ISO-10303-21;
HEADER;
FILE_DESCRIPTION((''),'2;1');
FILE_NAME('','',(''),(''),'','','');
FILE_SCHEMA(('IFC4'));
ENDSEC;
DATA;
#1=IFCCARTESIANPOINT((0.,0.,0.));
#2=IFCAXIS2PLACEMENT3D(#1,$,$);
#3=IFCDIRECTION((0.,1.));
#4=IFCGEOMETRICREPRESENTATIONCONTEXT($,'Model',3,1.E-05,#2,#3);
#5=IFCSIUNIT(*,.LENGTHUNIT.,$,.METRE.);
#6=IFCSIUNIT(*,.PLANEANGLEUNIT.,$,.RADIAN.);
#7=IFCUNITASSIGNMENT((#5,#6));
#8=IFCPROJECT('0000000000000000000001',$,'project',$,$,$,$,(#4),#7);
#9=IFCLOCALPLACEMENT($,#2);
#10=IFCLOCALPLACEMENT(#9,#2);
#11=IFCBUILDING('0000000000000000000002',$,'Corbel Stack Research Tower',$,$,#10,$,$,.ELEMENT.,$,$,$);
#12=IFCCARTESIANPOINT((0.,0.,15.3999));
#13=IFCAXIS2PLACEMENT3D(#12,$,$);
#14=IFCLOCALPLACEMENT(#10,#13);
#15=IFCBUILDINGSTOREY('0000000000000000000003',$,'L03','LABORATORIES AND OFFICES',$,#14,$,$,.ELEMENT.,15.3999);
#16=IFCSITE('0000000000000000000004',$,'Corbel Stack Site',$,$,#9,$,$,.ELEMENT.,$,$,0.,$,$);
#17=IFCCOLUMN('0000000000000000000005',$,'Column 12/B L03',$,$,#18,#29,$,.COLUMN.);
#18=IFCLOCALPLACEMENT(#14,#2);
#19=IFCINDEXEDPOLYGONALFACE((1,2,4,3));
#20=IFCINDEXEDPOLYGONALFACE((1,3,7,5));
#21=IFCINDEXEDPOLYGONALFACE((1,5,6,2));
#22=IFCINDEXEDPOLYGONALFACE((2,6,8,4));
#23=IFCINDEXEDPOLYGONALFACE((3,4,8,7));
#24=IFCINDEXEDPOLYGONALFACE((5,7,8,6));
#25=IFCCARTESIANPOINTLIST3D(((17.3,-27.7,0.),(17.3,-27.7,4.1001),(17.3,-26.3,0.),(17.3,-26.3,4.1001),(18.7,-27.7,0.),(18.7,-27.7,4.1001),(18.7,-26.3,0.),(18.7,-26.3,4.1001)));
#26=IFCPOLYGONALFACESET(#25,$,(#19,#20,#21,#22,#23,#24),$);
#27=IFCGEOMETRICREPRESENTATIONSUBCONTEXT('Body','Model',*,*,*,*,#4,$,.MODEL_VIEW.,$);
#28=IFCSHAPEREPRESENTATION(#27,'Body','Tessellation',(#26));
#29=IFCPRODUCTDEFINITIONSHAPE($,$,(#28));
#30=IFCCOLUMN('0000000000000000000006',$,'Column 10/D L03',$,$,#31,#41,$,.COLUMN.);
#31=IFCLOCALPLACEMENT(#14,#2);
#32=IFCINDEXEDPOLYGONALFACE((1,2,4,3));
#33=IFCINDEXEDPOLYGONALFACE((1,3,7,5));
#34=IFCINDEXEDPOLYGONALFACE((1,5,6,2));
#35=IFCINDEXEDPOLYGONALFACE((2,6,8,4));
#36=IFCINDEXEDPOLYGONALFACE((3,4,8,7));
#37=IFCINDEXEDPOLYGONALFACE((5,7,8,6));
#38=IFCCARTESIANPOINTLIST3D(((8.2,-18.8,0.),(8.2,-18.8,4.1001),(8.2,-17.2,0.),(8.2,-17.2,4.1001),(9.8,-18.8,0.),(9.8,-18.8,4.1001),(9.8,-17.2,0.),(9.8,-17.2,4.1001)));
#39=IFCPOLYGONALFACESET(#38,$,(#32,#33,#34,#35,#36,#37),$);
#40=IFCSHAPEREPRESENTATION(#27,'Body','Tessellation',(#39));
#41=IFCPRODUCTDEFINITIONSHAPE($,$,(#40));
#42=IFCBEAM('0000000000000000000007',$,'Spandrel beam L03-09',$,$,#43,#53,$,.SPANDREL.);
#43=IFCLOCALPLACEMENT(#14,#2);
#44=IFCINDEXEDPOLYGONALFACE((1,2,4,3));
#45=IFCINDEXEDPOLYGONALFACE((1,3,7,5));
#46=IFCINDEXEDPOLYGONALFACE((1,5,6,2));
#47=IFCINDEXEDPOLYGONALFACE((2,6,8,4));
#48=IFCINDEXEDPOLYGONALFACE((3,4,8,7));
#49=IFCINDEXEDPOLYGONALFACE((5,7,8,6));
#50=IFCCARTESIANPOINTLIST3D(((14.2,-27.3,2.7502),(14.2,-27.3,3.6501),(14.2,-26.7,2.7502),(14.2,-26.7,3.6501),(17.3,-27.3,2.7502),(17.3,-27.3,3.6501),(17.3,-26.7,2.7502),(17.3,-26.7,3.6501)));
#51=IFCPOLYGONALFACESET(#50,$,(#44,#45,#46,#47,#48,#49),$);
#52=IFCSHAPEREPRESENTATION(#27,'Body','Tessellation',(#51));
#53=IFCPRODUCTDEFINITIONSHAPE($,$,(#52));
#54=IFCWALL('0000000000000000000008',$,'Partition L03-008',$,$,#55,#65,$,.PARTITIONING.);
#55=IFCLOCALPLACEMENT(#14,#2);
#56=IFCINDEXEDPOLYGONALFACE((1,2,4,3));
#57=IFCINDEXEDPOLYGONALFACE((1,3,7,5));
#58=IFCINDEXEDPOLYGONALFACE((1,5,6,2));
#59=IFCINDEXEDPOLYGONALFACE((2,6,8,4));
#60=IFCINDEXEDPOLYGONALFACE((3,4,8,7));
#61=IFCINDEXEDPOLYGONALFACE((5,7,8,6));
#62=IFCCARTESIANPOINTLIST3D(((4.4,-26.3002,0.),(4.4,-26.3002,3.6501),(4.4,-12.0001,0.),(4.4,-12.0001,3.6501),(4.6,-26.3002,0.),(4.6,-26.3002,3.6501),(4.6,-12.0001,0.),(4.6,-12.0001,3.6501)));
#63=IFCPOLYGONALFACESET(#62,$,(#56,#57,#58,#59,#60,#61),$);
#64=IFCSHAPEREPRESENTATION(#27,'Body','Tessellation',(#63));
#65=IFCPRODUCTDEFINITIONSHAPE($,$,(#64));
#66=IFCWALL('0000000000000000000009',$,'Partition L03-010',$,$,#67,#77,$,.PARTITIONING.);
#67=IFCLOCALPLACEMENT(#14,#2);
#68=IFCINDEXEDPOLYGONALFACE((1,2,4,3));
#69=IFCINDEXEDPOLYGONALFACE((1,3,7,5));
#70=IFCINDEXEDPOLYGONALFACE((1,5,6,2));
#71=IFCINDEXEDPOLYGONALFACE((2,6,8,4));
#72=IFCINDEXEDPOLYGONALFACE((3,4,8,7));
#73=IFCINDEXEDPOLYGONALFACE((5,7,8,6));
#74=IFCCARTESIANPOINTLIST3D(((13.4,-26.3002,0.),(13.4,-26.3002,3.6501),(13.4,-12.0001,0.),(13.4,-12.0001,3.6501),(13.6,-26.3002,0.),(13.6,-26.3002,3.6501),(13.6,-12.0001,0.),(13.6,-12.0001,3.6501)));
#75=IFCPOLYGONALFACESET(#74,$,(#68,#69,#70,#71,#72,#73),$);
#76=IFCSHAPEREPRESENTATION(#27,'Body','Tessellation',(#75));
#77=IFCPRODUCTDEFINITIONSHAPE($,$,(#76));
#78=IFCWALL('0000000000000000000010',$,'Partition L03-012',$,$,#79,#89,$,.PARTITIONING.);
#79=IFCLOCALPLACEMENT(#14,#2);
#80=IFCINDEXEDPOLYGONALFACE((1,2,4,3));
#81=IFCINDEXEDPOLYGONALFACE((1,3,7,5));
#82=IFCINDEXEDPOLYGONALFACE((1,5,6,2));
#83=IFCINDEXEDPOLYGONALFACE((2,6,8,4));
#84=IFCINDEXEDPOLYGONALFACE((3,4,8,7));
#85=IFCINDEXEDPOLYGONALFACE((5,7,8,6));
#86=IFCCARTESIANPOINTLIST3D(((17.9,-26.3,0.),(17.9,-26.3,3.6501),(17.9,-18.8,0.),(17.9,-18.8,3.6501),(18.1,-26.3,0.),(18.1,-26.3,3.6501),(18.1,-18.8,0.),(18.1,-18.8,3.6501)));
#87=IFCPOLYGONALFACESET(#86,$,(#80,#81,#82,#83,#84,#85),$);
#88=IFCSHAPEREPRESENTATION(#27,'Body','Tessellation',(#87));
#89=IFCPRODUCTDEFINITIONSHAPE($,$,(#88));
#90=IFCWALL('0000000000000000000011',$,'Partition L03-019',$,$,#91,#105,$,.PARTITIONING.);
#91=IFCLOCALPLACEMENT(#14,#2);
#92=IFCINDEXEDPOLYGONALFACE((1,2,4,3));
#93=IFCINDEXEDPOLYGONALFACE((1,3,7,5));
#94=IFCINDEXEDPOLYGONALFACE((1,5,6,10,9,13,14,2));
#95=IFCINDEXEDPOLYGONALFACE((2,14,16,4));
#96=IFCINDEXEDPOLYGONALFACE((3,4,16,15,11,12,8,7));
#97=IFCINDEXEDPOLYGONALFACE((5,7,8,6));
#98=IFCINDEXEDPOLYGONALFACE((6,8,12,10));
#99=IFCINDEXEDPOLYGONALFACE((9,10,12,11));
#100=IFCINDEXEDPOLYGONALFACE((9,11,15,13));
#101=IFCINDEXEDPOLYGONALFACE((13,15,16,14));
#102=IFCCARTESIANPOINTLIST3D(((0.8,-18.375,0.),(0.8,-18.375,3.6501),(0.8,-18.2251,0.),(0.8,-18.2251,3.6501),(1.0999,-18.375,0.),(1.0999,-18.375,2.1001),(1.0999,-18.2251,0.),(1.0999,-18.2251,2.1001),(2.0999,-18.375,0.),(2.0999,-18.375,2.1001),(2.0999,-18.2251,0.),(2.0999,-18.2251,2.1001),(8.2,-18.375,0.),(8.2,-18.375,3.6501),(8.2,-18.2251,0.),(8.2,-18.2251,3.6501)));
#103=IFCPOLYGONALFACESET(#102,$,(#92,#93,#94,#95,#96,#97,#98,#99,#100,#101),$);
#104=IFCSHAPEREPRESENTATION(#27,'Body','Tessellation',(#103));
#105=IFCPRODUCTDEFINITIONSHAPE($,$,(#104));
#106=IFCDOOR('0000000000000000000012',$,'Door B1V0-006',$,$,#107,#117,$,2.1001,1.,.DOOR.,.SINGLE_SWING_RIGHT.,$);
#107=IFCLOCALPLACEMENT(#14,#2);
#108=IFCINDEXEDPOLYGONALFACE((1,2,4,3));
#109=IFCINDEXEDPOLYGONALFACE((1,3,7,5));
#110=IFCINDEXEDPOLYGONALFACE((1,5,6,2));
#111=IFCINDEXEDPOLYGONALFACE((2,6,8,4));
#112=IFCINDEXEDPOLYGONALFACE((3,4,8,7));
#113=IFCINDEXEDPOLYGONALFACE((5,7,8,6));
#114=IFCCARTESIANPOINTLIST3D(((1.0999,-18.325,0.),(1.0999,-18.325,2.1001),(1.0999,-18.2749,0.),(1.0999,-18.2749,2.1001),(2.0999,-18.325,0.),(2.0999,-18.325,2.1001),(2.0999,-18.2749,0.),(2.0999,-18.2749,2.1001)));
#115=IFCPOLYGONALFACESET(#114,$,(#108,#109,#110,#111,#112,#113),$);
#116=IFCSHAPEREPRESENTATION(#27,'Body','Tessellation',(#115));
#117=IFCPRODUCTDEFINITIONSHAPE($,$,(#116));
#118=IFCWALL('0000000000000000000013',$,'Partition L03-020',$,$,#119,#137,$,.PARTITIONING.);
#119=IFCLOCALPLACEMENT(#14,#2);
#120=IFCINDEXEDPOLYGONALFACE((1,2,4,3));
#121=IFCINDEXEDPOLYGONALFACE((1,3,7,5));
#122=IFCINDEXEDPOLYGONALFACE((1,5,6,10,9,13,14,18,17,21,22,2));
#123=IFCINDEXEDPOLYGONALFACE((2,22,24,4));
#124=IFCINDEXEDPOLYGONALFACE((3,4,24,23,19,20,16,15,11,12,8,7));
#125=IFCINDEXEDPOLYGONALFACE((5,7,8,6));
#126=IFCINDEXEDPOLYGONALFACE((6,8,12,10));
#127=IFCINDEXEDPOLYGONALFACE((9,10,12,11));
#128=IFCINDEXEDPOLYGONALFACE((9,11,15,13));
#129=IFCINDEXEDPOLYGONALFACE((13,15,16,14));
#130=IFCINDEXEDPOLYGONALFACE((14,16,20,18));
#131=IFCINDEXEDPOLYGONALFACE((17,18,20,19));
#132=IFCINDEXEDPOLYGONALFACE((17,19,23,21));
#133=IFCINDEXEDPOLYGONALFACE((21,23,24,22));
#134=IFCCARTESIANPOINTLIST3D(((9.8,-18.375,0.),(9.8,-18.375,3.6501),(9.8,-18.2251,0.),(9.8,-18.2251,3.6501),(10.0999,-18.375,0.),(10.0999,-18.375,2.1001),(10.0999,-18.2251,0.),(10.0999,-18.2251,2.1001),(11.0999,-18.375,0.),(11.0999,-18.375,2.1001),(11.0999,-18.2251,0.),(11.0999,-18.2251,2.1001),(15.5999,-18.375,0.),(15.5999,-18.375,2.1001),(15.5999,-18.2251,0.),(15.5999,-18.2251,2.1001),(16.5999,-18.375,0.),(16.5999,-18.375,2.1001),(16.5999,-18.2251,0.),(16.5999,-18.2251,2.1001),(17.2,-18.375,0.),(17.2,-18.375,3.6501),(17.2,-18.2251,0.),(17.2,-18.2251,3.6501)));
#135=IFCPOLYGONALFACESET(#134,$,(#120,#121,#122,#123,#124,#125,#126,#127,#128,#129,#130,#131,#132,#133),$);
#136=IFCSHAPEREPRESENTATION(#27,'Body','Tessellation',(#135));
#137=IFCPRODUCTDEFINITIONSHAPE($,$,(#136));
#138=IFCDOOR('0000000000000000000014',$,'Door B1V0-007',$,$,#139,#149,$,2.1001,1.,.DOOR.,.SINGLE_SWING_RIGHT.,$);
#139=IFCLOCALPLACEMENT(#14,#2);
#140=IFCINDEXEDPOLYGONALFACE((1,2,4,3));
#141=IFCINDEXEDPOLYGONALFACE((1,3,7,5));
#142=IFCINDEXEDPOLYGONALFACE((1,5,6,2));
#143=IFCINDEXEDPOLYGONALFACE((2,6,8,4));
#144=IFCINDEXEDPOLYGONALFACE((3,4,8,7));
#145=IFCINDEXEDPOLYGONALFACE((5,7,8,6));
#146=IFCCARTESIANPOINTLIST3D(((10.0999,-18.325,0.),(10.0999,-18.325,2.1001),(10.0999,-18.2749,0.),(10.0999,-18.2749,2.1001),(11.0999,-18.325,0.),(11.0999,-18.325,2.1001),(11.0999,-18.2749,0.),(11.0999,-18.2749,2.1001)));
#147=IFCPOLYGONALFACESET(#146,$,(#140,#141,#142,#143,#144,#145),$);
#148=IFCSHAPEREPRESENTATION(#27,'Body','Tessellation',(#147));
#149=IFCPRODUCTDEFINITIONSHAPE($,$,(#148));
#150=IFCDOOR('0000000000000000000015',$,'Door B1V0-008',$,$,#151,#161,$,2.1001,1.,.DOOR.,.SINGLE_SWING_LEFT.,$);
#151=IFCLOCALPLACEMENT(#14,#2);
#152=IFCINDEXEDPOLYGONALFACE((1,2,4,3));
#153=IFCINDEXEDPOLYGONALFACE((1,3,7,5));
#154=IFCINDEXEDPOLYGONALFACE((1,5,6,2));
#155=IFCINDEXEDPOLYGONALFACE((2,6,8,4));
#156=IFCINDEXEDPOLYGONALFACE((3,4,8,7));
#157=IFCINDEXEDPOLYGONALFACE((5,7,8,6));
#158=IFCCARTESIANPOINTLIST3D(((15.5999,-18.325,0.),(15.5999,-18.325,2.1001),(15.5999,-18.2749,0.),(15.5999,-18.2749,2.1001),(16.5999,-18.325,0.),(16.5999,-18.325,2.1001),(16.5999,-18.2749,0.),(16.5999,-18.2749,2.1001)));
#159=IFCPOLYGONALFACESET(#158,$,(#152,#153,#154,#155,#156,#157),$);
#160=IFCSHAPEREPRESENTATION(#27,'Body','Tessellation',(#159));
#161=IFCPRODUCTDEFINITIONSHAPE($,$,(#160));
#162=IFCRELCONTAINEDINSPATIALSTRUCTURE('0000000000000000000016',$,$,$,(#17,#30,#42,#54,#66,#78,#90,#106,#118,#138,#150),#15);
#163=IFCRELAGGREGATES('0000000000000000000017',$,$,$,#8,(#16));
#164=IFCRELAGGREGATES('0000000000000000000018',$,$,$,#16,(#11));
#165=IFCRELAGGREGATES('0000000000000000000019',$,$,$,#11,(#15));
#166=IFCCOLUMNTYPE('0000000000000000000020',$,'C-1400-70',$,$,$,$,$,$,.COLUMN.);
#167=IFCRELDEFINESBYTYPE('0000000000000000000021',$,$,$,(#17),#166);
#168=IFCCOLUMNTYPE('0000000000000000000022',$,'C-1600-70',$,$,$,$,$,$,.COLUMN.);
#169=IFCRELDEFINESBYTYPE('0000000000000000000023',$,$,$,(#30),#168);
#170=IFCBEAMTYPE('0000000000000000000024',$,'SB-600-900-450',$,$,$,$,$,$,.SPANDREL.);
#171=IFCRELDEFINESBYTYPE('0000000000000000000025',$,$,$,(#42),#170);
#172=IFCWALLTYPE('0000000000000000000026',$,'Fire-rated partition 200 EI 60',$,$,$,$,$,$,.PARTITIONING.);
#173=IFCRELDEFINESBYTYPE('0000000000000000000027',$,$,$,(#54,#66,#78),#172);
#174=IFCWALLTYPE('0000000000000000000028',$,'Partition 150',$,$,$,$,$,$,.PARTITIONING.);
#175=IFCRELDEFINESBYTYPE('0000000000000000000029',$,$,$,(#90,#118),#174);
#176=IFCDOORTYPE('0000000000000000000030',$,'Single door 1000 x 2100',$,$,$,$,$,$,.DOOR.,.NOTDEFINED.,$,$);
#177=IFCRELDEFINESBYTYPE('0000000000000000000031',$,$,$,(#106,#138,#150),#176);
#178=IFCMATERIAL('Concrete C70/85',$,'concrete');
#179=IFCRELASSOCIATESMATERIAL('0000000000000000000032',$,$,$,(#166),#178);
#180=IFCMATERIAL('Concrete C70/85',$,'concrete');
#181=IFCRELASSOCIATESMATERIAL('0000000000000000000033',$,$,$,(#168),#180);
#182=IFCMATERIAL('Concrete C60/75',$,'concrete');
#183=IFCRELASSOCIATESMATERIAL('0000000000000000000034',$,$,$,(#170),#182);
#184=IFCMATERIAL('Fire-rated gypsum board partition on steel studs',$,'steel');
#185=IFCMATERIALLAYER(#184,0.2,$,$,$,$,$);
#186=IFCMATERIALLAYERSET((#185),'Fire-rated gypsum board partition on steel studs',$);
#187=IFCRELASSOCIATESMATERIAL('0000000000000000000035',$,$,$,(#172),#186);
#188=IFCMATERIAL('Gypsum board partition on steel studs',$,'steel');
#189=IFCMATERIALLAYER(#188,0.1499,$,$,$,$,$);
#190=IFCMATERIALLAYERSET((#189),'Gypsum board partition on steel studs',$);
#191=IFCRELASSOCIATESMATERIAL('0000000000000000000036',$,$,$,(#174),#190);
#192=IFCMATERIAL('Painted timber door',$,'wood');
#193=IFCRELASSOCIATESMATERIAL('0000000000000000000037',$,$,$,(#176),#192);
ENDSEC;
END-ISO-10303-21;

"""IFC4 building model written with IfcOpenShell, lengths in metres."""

from ifc_helpers import new_model, si_unit, direction, frame, frame_2d, origin, origin_2d, place, context, subcontext, project, spatial, rectangle, extrude, material, layer, layer_set, material_profile, profile_set, type_object, element, fill, save


model = new_model("IFC4")

# Units and contexts
model_context = context("Model", 3, precision=1e-05, world=origin(), true_north=direction((0.0, 1.0)))
body_context = subcontext(model_context, "Body", "Model", "MODEL_VIEW")
ifc_project = project(units=[si_unit("LENGTHUNIT", "METRE"), si_unit("PLANEANGLEUNIT", "RADIAN")], contexts=[model_context])

# Site, building, storey
site_placement = place(None, origin())
site = spatial("IfcSite", under=ifc_project, at=site_placement, Name="Corbel Stack Site", CompositionType="ELEMENT", RefElevation=0.0)
building_placement = place(site_placement, origin())
building = spatial("IfcBuilding", under=site, at=building_placement, Name="Corbel Stack Research Tower", CompositionType="ELEMENT")
storey_placement = place(building_placement, frame((0.0, 0.0, 15.3999)))
storey = spatial("IfcBuildingStorey", under=building, at=storey_placement, Name="L03", Description="LABORATORIES AND OFFICES", CompositionType="ELEMENT", Elevation=15.3999)

# Columns
ifc_material_1 = material(Name="Concrete C70/85", Category="concrete")
ifc_material_profile_1 = material_profile(ifc_material_1, rectangle(XDim=1.3999, YDim=1.3999, at=origin_2d()), Name="RC 1400 x 1400")
ifc_profile_set_1 = profile_set([ifc_material_profile_1], Name="Concrete C70/85")
column_type_1 = type_object("IfcColumnType", Name="C-1400-70", PredefinedType="COLUMN", material=ifc_profile_set_1)
column_1_placement = place(storey_placement, frame((18.0, -27.0, 0.0), z_axis=(0.0, 0.0, 1.0), x_axis=(1.0, 0.0, 0.0)))
element("IfcColumn", 1, at=column_1_placement, inside=storey, type_object=column_type_1, Name="Column 12/B L03", PredefinedType="COLUMN", context=body_context, shape_type="SweptSolid", body=[
    extrude(rectangle(XDim=1.3999, YDim=1.3999, at=origin_2d()), origin(), (0.0, 0.0, 1.0), 4.1001),
])
ifc_material_2 = material(Name="Concrete C70/85", Category="concrete")
ifc_material_profile_2 = material_profile(ifc_material_2, rectangle(XDim=1.6001, YDim=1.6001, at=origin_2d()), Name="RC 1600 x 1600")
ifc_profile_set_2 = profile_set([ifc_material_profile_2], Name="Concrete C70/85")
column_type_2 = type_object("IfcColumnType", Name="C-1600-70", PredefinedType="COLUMN", material=ifc_profile_set_2)
column_2_placement = place(storey_placement, frame((9.0, -18.0, 0.0), z_axis=(0.0, 0.0, 1.0), x_axis=(1.0, 0.0, 0.0)))
element("IfcColumn", 2, at=column_2_placement, inside=storey, type_object=column_type_2, Name="Column 10/D L03", PredefinedType="COLUMN", context=body_context, shape_type="SweptSolid", body=[
    extrude(rectangle(XDim=1.6001, YDim=1.6001, at=origin_2d()), origin(), (0.0, 0.0, 1.0), 4.1001),
])

# Beam
ifc_material_3 = material(Name="Concrete C60/75", Category="concrete")
ifc_material_profile_3 = material_profile(ifc_material_3, rectangle(XDim=0.6001, YDim=0.8999, at=origin_2d()), Name="RC 600 x 900")
ifc_profile_set_3 = profile_set([ifc_material_profile_3], Name="Concrete C60/75")
beam_type = type_object("IfcBeamType", Name="SB-600-900-450", PredefinedType="SPANDREL", material=ifc_profile_set_3)
beam_placement = place(storey_placement, frame((14.2, -27.0, 3.2002), z_axis=(1.0, 0.0, 0.0), x_axis=(0.0, 1.0, 0.0)))
element("IfcBeam", 3, at=beam_placement, inside=storey, type_object=beam_type, Name="Spandrel beam L03-09", PredefinedType="SPANDREL", context=body_context, shape_type="SweptSolid", body=[
    extrude(rectangle(XDim=0.6001, YDim=0.8999, at=origin_2d()), origin(), (0.0, 0.0, 1.0), 3.1001),
])

# Walls
ifc_material_4 = material(Name="Fire-rated gypsum board partition on steel studs", Category="steel")
ifc_layer_1 = layer(ifc_material_4, 0.2)
ifc_layer_set_1 = layer_set([ifc_layer_1], Name="Fire-rated gypsum board partition on steel studs")
wall_type_1 = type_object("IfcWallType", Name="Fire-rated partition 200 EI 60", PredefinedType="PARTITIONING", material=ifc_layer_set_1)
for number, where, z_axis, x_axis, name in (
    (4, (4.5, -26.3, 0.0), (0.0, 0.0, 1.0), (0.0, 1.0, 0.0), "Partition L03-008"),
    (5, (13.5, -26.3, 0.0), (0.0, 0.0, 1.0), (0.0, 1.0, 0.0), "Partition L03-010"),
):
    element("IfcWall", number, at=place(storey_placement, frame(where, z_axis=z_axis, x_axis=x_axis)), inside=storey, type_object=wall_type_1, Name=name, PredefinedType="PARTITIONING", context=body_context, shape_type="SweptSolid", body=[
        extrude(rectangle(XDim=14.3, YDim=0.2, at=frame_2d((7.1499, 0.0))), origin(), (0.0, 0.0, 1.0), 3.6501),
    ])
wall_1_placement = place(storey_placement, frame((18.0, -26.3, 0.0), z_axis=(0.0, 0.0, 1.0), x_axis=(0.0, 1.0, 0.0)))
element("IfcWall", 6, at=wall_1_placement, inside=storey, type_object=wall_type_1, Name="Partition L03-012", PredefinedType="PARTITIONING", context=body_context, shape_type="SweptSolid", body=[
    extrude(rectangle(XDim=7.5, YDim=0.2, at=frame_2d((3.75, 0.0))), origin(), (0.0, 0.0, 1.0), 3.6501),
])

# Wall, opening, door
ifc_material_5 = material(Name="Gypsum board partition on steel studs", Category="steel")
ifc_layer_2 = layer(ifc_material_5, 0.1499)
ifc_layer_set_2 = layer_set([ifc_layer_2], Name="Gypsum board partition on steel studs")
wall_type_2 = type_object("IfcWallType", Name="Partition 150", PredefinedType="PARTITIONING", material=ifc_layer_set_2)
wall_2_placement = place(storey_placement, frame((8.2, -18.3, 0.0), z_axis=(0.0, 0.0, 1.0), x_axis=(-1.0, 0.0, 0.0)))
wall_2 = element("IfcWall", 7, at=wall_2_placement, inside=storey, type_object=wall_type_2, Name="Partition L03-019", PredefinedType="PARTITIONING", context=body_context, shape_type="SweptSolid", body=[
    extrude(rectangle(XDim=7.3999, YDim=0.1499, at=frame_2d((3.7, 0.0))), origin(), (0.0, 0.0, 1.0), 3.6501),
])
opening_1_placement = place(wall_2_placement, frame((6.1001, 0.0, 0.0)))
opening_1 = element("IfcOpeningElement", 8, at=opening_1_placement, cuts=wall_2, PredefinedType="OPENING", context=body_context, shape_type="SweptSolid", body=[
    extrude(rectangle(XDim=1.0, YDim=2.1001, at=frame_2d((0.5, 1.05))), frame((0.0, 0.085, 0.0), z_axis=(0.0, -1.0, 0.0), x_axis=(1.0, 0.0, 0.0)), (0.0, 0.0, 1.0), 0.1699),
])
ifc_material_6 = material(Name="Painted timber door", Category="wood")
door_type_1 = type_object("IfcDoorType", Name="Single door 1000 x 2100", OperationType="NOTDEFINED", PredefinedType="DOOR", material=ifc_material_6)
door_1_placement = place(opening_1_placement, origin())
door_1 = element("IfcDoor", 9, at=door_1_placement, inside=storey, type_object=door_type_1, Name="Door B1V0-006", OperationType="SINGLE_SWING_RIGHT", OverallHeight=2.1001, OverallWidth=1.0, PredefinedType="DOOR", context=body_context, shape_type="SweptSolid", body=[
    extrude(rectangle(XDim=1.0, YDim=2.1001, at=frame_2d((0.5, 1.05))), frame((0.0, 0.0249, 0.0), z_axis=(0.0, -1.0, 0.0), x_axis=(1.0, 0.0, 0.0)), (0.0, 0.0, 1.0), 0.05),
])
fill(opening_1, door_1)

# Wall, openings, doors
wall_3_placement = place(storey_placement, frame((17.2, -18.3, 0.0), z_axis=(0.0, 0.0, 1.0), x_axis=(-1.0, 0.0, 0.0)))
wall_3 = element("IfcWall", 10, at=wall_3_placement, inside=storey, type_object=wall_type_2, Name="Partition L03-020", PredefinedType="PARTITIONING", context=body_context, shape_type="SweptSolid", body=[
    extrude(rectangle(XDim=7.3999, YDim=0.1499, at=frame_2d((3.7, 0.0))), origin(), (0.0, 0.0, 1.0), 3.6501),
])
opening_2_placement = place(wall_3_placement, frame((6.1001, 0.0, 0.0)))
opening_2 = element("IfcOpeningElement", 11, at=opening_2_placement, cuts=wall_3, PredefinedType="OPENING", context=body_context, shape_type="SweptSolid", body=[
    extrude(rectangle(XDim=1.0, YDim=2.1001, at=frame_2d((0.5, 1.05))), frame((0.0, 0.085, 0.0), z_axis=(0.0, -1.0, 0.0), x_axis=(1.0, 0.0, 0.0)), (0.0, 0.0, 1.0), 0.1699),
])
opening_3_placement = place(wall_3_placement, frame((0.6001, 0.0, 0.0)))
opening_3 = element("IfcOpeningElement", 12, at=opening_3_placement, cuts=wall_3, PredefinedType="OPENING", context=body_context, shape_type="SweptSolid", body=[
    extrude(rectangle(XDim=1.0, YDim=2.1001, at=frame_2d((0.5, 1.05))), frame((0.0, 0.085, 0.0), z_axis=(0.0, -1.0, 0.0), x_axis=(1.0, 0.0, 0.0)), (0.0, 0.0, 1.0), 0.1699),
])
door_2_placement = place(opening_2_placement, origin())
door_2 = element("IfcDoor", 13, at=door_2_placement, inside=storey, type_object=door_type_1, Name="Door B1V0-007", OperationType="SINGLE_SWING_RIGHT", OverallHeight=2.1001, OverallWidth=1.0, PredefinedType="DOOR", context=body_context, shape_type="SweptSolid", body=[
    extrude(rectangle(XDim=1.0, YDim=2.1001, at=frame_2d((0.5, 1.05))), frame((0.0, 0.0249, 0.0), z_axis=(0.0, -1.0, 0.0), x_axis=(1.0, 0.0, 0.0)), (0.0, 0.0, 1.0), 0.05),
])
fill(opening_2, door_2)
door_3_placement = place(opening_3_placement, origin())
door_3 = element("IfcDoor", 14, at=door_3_placement, inside=storey, type_object=door_type_1, Name="Door B1V0-008", OperationType="SINGLE_SWING_LEFT", OverallHeight=2.1001, OverallWidth=1.0, PredefinedType="DOOR", context=body_context, shape_type="SweptSolid", body=[
    extrude(rectangle(XDim=1.0, YDim=2.1001, at=frame_2d((0.5, 1.05))), frame((0.0, 0.0249, 0.0), z_axis=(0.0, -1.0, 0.0), x_axis=(1.0, 0.0, 0.0)), (0.0, 0.0, 1.0), 0.05),
])
fill(opening_3, door_3)

save(model, "model.ifc")
